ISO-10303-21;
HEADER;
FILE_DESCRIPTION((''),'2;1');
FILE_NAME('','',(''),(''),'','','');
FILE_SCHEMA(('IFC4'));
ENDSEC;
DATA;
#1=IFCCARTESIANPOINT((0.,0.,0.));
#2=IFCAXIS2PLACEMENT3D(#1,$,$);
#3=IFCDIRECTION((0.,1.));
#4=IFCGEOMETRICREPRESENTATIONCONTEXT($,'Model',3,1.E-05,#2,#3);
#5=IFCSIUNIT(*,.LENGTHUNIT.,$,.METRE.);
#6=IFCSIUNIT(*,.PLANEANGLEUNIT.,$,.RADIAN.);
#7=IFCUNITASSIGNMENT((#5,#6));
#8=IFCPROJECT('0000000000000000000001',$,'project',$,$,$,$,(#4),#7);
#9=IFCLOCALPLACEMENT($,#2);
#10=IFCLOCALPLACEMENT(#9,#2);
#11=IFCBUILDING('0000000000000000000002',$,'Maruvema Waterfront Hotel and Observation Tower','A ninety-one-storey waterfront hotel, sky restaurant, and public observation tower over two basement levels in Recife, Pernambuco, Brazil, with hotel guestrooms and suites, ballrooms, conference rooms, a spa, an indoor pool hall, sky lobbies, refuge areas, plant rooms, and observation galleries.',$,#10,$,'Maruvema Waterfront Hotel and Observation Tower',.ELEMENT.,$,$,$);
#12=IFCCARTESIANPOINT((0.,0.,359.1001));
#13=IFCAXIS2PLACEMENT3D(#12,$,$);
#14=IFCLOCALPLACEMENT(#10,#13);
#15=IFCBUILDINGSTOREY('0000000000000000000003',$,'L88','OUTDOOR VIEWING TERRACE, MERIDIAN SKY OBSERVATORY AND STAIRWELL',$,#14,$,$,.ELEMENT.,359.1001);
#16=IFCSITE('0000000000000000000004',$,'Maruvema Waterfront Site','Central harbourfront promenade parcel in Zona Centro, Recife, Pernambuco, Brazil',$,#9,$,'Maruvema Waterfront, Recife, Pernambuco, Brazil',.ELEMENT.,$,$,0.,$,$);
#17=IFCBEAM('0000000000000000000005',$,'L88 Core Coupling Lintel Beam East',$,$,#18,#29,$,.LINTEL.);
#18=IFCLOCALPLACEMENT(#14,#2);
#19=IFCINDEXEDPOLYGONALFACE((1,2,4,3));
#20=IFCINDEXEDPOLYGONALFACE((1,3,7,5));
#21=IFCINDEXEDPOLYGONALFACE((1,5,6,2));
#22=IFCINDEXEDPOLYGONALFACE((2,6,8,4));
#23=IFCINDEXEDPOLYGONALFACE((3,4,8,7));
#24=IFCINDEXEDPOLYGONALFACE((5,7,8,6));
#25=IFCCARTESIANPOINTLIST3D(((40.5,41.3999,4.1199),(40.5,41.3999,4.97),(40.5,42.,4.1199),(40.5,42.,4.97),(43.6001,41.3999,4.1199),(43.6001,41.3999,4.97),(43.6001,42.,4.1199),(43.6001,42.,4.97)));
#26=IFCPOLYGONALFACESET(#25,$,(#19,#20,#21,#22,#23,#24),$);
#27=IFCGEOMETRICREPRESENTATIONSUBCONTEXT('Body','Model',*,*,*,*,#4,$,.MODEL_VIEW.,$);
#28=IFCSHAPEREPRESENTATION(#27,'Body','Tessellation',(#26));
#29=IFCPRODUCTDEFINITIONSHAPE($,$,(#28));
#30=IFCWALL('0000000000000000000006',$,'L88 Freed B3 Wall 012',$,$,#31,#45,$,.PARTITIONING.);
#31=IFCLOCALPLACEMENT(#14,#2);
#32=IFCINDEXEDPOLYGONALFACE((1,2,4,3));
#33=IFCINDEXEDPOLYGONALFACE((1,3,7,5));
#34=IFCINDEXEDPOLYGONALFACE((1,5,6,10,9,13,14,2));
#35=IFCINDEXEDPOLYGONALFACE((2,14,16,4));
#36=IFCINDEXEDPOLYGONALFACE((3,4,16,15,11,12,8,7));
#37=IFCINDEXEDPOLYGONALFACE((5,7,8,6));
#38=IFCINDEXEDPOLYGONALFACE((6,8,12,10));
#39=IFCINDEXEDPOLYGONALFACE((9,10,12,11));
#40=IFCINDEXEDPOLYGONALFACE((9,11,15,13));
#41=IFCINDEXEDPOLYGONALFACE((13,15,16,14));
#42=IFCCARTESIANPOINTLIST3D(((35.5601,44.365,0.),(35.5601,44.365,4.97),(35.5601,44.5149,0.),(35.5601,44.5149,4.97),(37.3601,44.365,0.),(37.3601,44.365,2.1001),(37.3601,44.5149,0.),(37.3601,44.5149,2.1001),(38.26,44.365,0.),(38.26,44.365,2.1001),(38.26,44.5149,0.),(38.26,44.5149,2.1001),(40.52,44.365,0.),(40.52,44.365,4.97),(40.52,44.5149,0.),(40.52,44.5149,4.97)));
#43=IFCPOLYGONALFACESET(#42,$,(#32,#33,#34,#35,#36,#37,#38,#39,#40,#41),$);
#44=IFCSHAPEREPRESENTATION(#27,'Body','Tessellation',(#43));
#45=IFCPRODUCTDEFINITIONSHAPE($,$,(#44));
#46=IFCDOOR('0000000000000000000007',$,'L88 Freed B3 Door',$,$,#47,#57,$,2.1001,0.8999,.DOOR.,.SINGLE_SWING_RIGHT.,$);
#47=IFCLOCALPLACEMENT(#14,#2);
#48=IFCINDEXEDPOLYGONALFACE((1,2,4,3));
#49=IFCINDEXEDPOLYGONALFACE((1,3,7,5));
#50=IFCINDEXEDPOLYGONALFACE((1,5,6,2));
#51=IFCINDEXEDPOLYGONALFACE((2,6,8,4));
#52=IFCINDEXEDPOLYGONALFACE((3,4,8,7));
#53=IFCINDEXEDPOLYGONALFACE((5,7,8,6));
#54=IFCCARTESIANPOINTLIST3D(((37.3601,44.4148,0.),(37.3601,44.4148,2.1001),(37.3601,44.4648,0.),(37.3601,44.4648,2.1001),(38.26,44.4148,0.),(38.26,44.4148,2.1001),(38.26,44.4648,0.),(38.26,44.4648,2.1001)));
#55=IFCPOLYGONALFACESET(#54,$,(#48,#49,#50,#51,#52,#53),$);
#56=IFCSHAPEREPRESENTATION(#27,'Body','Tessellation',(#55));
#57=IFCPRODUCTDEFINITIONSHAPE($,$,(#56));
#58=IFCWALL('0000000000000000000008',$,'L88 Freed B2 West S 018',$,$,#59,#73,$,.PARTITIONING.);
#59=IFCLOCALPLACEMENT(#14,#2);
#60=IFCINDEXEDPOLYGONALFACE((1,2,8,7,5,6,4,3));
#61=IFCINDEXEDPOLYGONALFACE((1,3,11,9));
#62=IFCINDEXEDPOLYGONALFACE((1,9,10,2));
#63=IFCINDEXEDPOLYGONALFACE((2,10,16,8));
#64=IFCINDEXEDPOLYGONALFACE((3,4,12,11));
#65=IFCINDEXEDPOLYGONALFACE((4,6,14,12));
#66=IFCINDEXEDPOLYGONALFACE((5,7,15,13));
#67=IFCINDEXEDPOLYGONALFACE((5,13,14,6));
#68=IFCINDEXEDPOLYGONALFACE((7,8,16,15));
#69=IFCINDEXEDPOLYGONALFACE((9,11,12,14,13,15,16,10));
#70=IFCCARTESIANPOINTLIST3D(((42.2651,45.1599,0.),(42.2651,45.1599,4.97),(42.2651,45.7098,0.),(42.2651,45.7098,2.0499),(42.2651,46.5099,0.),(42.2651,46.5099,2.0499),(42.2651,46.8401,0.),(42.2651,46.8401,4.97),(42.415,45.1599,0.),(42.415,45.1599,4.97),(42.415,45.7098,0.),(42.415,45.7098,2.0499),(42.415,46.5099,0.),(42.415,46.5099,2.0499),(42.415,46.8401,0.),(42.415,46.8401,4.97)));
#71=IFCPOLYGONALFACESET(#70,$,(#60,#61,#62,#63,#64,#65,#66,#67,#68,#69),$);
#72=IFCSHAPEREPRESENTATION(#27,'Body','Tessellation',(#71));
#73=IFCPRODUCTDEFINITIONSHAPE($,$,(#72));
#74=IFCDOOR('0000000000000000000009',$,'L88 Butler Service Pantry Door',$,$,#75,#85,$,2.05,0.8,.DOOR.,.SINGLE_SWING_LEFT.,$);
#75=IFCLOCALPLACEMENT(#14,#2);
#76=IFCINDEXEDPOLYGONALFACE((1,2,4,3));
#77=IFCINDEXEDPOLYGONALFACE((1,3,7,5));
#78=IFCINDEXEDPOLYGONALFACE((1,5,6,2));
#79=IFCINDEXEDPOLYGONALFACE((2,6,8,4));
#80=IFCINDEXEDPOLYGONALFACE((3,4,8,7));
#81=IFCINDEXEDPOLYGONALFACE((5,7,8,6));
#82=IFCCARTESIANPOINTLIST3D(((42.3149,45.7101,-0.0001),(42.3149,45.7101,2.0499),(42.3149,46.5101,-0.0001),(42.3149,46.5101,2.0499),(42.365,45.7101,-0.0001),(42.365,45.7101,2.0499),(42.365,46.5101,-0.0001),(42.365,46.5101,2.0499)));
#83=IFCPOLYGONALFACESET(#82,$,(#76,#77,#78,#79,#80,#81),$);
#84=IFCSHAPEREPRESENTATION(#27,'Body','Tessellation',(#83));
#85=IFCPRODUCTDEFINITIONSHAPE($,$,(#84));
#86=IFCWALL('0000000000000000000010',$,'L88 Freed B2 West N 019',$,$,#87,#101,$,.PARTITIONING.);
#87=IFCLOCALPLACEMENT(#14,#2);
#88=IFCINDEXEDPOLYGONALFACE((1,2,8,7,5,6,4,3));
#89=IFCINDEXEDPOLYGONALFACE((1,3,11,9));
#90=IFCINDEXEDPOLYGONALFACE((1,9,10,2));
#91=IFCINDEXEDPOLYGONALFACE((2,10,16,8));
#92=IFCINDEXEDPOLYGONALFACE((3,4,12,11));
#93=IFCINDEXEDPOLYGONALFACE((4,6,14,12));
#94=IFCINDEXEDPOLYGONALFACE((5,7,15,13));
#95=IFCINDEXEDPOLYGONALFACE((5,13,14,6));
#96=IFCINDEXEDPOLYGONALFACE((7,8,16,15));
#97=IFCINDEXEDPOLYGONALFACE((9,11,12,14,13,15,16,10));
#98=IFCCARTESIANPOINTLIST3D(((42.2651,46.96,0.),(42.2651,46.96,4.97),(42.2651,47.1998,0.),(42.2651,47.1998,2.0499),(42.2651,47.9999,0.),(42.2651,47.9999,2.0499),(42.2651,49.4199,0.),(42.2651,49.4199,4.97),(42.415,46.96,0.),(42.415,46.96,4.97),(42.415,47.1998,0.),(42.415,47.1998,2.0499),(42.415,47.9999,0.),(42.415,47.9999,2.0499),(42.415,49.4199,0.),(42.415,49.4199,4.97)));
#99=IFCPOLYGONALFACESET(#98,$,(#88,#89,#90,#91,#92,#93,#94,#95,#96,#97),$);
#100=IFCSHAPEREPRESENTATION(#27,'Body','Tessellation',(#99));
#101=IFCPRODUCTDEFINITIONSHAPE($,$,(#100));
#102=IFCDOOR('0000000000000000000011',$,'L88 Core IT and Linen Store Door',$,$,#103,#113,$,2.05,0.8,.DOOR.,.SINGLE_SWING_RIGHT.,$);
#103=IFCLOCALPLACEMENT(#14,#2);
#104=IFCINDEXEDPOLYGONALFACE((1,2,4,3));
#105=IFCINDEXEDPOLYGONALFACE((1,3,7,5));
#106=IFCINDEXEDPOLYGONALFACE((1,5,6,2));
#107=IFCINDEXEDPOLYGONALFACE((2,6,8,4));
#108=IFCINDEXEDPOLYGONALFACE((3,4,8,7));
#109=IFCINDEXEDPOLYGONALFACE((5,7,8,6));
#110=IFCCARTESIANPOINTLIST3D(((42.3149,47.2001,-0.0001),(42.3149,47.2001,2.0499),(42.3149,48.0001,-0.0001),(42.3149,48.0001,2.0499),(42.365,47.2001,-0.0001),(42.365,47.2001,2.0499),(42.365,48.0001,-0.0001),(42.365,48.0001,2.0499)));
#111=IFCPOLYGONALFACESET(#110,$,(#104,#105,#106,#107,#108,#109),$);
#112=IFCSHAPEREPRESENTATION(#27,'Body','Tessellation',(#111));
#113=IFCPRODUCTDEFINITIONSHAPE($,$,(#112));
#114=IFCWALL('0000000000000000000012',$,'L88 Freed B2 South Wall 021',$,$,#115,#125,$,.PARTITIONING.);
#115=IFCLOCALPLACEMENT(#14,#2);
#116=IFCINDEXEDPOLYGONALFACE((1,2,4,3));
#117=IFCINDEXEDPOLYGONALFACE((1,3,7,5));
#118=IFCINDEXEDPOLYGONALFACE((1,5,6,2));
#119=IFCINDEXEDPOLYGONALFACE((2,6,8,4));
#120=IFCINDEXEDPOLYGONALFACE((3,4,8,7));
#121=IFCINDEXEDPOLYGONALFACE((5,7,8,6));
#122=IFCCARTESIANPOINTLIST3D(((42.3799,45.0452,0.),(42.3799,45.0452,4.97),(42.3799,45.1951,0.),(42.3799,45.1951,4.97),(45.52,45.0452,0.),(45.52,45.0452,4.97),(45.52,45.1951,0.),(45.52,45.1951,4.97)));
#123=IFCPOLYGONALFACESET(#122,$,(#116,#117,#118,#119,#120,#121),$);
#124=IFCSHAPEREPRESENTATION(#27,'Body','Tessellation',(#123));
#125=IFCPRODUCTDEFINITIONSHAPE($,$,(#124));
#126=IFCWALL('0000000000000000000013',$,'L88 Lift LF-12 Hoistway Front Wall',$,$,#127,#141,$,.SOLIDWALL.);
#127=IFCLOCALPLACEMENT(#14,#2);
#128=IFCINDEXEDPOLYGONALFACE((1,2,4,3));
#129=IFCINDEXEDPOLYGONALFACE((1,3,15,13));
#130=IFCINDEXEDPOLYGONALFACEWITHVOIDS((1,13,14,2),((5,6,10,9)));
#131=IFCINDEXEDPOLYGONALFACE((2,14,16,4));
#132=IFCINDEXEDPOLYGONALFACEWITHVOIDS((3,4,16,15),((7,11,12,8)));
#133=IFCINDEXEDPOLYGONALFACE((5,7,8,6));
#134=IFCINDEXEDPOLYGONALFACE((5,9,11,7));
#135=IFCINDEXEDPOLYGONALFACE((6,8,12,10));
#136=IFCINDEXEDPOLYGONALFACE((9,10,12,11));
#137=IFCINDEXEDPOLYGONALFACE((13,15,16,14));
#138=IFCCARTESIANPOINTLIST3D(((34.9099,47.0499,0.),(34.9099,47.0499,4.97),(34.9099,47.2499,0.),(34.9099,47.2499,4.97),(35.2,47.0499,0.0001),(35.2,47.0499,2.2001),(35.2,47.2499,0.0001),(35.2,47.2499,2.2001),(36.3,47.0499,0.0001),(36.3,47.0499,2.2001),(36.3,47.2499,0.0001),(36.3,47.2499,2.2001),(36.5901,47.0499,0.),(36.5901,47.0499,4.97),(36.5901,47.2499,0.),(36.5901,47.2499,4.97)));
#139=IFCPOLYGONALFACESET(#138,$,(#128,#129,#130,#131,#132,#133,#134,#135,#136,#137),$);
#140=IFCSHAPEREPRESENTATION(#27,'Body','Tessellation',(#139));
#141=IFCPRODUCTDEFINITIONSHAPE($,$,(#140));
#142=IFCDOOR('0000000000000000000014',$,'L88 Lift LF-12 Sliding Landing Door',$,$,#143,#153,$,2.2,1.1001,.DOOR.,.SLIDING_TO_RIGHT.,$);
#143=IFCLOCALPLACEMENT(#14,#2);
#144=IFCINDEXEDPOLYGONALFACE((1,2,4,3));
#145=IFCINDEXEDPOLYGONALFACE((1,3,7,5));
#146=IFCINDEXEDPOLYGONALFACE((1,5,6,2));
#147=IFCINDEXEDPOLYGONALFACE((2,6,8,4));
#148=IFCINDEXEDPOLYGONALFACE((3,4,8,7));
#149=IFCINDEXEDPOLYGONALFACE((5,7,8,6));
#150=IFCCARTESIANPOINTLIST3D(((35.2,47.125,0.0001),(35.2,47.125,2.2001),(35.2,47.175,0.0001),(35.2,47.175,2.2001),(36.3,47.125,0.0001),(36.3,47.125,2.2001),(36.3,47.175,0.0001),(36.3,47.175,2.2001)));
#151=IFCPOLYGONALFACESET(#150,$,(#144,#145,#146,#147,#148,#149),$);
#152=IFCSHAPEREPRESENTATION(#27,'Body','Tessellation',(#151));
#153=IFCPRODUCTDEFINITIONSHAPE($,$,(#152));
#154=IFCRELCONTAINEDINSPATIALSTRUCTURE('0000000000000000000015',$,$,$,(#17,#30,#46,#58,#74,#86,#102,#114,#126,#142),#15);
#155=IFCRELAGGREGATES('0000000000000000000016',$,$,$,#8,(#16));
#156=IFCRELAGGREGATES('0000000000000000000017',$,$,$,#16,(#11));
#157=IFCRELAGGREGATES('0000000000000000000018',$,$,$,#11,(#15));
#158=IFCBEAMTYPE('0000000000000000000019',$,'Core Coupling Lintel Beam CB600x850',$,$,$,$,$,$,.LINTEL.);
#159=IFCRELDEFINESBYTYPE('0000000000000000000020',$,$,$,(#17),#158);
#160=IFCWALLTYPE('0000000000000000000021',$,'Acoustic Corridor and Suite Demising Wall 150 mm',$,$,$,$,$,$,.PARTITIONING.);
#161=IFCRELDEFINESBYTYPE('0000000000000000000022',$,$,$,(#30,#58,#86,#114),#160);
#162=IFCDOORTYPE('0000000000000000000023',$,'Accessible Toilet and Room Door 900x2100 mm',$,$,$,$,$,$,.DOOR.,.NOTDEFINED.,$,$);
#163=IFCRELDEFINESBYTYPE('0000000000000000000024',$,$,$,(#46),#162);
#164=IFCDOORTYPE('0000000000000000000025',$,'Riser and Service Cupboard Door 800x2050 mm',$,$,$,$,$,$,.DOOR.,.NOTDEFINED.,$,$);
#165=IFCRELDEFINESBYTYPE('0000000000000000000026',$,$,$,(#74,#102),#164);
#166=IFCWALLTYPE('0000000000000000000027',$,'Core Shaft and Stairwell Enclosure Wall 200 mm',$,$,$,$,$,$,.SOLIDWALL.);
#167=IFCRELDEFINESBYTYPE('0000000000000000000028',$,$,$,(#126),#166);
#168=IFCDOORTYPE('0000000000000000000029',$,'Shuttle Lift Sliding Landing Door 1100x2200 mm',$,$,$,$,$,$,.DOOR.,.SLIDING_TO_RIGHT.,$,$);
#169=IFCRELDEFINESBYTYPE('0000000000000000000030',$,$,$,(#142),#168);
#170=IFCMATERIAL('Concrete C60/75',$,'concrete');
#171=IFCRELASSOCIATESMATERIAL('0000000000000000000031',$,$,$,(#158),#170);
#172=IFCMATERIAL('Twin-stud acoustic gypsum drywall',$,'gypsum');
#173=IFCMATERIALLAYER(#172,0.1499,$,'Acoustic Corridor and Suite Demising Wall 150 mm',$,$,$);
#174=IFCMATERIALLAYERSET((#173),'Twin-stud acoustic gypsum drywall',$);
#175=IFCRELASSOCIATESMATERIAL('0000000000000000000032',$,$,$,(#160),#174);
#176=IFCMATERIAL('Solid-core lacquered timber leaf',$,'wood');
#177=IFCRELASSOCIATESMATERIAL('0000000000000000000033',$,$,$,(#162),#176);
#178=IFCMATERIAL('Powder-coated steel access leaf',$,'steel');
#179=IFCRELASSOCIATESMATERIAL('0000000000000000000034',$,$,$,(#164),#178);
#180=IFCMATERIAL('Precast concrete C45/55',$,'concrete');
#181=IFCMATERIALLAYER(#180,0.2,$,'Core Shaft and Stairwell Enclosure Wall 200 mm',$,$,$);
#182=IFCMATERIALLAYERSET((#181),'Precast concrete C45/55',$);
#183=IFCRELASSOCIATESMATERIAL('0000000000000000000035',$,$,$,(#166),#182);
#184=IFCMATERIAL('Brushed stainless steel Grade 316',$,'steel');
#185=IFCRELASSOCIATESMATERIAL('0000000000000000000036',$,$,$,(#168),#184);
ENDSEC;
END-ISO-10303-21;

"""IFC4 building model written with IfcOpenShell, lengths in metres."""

from ifc_helpers import new_model, si_unit, direction, frame, frame_2d, origin, origin_2d, place, context, subcontext, project, spatial, rectangle, extrude, material, layer, layer_set, material_profile, profile_set, type_object, element, fill, save


model = new_model("IFC4")

# Units and contexts
model_context = context("Model", 3, precision=1e-05, world=origin(), true_north=direction((0.0, 1.0)))
body_context = subcontext(model_context, "Body", "Model", "MODEL_VIEW")
ifc_project = project(units=[si_unit("LENGTHUNIT", "METRE"), si_unit("PLANEANGLEUNIT", "RADIAN")], contexts=[model_context])

# Site, building, storey
site_placement = place(None, origin())
site = spatial("IfcSite", under=ifc_project, at=site_placement, Name="Maruvema Waterfront Site", Description="Central harbourfront promenade parcel in Zona Centro, Recife, Pernambuco, Brazil", LongName="Maruvema Waterfront, Recife, Pernambuco, Brazil", CompositionType="ELEMENT", RefElevation=0.0)
building_placement = place(site_placement, origin())
building = spatial("IfcBuilding", under=site, at=building_placement, Name="Maruvema Waterfront Hotel and Observation Tower", Description="A ninety-one-storey waterfront hotel, sky restaurant, and public observation tower over two basement levels in Recife, Pernambuco, Brazil, with hotel guestrooms and suites, ballrooms, conference rooms, a spa, an indoor pool hall, sky lobbies, refuge areas, plant rooms, and observation galleries.", LongName="Maruvema Waterfront Hotel and Observation Tower", CompositionType="ELEMENT")
storey_placement = place(building_placement, frame((0.0, 0.0, 359.1001)))
storey = spatial("IfcBuildingStorey", under=building, at=storey_placement, Name="L88", Description="OUTDOOR VIEWING TERRACE, MERIDIAN SKY OBSERVATORY AND STAIRWELL", CompositionType="ELEMENT", Elevation=359.1001)

# Beam
ifc_material_1 = material(Name="Concrete C60/75", Category="concrete")
ifc_material_profile = material_profile(ifc_material_1, rectangle(XDim=0.6001, YDim=0.8501, at=origin_2d()), Name="CB600x850")
ifc_profile_set = profile_set([ifc_material_profile], Name="Concrete C60/75")
beam_type = type_object("IfcBeamType", Name="Core Coupling Lintel Beam CB600x850", PredefinedType="LINTEL", material=ifc_profile_set)
beam_placement = place(storey_placement, frame((40.5, 41.7, 4.5449), z_axis=(1.0, 0.0, 0.0), x_axis=(0.0, 1.0, 0.0)))
element("IfcBeam", 1, at=beam_placement, inside=storey, type_object=beam_type, Name="L88 Core Coupling Lintel Beam East", PredefinedType="LINTEL", context=body_context, shape_type="SweptSolid", body=[
    extrude(rectangle(XDim=0.6001, YDim=0.8501, at=origin_2d()), origin(), (0.0, 0.0, 1.0), 3.1001),
])

# Walls, openings, doors
ifc_material_2 = material(Name="Twin-stud acoustic gypsum drywall", Category="gypsum")
ifc_layer_1 = layer(ifc_material_2, 0.1499, Name="Acoustic Corridor and Suite Demising Wall 150 mm")
ifc_layer_set_1 = layer_set([ifc_layer_1], Name="Twin-stud acoustic gypsum drywall")
wall_type_1 = type_object("IfcWallType", Name="Acoustic Corridor and Suite Demising Wall 150 mm", PredefinedType="PARTITIONING", material=ifc_layer_set_1)
wall_1_placement = place(storey_placement, frame((35.5601, 44.4399, 0.0), z_axis=(0.0, 0.0, 1.0), x_axis=(1.0, 0.0, 0.0)))
wall_1 = element("IfcWall", 2, at=wall_1_placement, inside=storey, type_object=wall_type_1, Name="L88 Freed B3 Wall 012", PredefinedType="PARTITIONING", context=body_context, shape_type="SweptSolid", body=[
    extrude(rectangle(XDim=4.96, YDim=0.1499, at=frame_2d((2.48, 0.0))), origin(), (0.0, 0.0, 1.0), 4.97),
])
opening_1_placement = place(wall_1_placement, frame((1.8, 0.0, 0.0)))
opening_1 = element("IfcOpeningElement", 3, at=opening_1_placement, cuts=wall_1, PredefinedType="OPENING", context=body_context, shape_type="SweptSolid", body=[
    extrude(rectangle(XDim=0.8999, YDim=2.1001, at=frame_2d((0.45, 1.05))), frame((0.0, 0.085, 0.0), z_axis=(0.0, -1.0, 0.0), x_axis=(1.0, 0.0, 0.0)), (0.0, 0.0, 1.0), 0.1699),
])
ifc_material_3 = material(Name="Solid-core lacquered timber leaf", Category="wood")
door_type_1 = type_object("IfcDoorType", Name="Accessible Toilet and Room Door 900x2100 mm", OperationType="NOTDEFINED", PredefinedType="DOOR", material=ifc_material_3)
door_1_placement = place(opening_1_placement, origin())
door_1 = element("IfcDoor", 4, at=door_1_placement, inside=storey, type_object=door_type_1, Name="L88 Freed B3 Door", OperationType="SINGLE_SWING_RIGHT", OverallHeight=2.1001, OverallWidth=0.8999, PredefinedType="DOOR", context=body_context, shape_type="SweptSolid", body=[
    extrude(rectangle(XDim=0.8999, YDim=2.1001, at=frame_2d((0.45, 1.05))), frame((0.0, 0.0249, 0.0), z_axis=(0.0, -1.0, 0.0), x_axis=(1.0, 0.0, 0.0)), (0.0, 0.0, 1.0), 0.05),
])
fill(opening_1, door_1)
wall_2_placement = place(storey_placement, frame((42.3401, 45.1599, 0.0), z_axis=(0.0, 0.0, 1.0), x_axis=(0.0, 1.0, 0.0)))
wall_2 = element("IfcWall", 5, at=wall_2_placement, inside=storey, type_object=wall_type_1, Name="L88 Freed B2 West S 018", PredefinedType="PARTITIONING", context=body_context, shape_type="SweptSolid", body=[
    extrude(rectangle(XDim=1.6802, YDim=0.1499, at=frame_2d((0.8401, 0.0))), origin(), (0.0, 0.0, 1.0), 4.97),
])
opening_2_placement = place(wall_2_placement, frame((0.55, 0.0, 0.0)))
opening_2 = element("IfcOpeningElement", 6, at=opening_2_placement, cuts=wall_2, PredefinedType="OPENING", context=body_context, shape_type="SweptSolid", body=[
    extrude(rectangle(XDim=0.8, YDim=2.05, at=frame_2d((0.3999, 1.0249))), frame((0.0, 0.085, 0.0), z_axis=(0.0, -1.0, 0.0), x_axis=(1.0, 0.0, 0.0)), (0.0, 0.0, 1.0), 0.1699),
])
ifc_material_4 = material(Name="Powder-coated steel access leaf", Category="steel")
door_type_2 = type_object("IfcDoorType", Name="Riser and Service Cupboard Door 800x2050 mm", OperationType="NOTDEFINED", PredefinedType="DOOR", material=ifc_material_4)
door_2_placement = place(opening_2_placement, frame((0.8, 0.0, 0.0), z_axis=(0.0, 0.0, 1.0), x_axis=(-1.0, 0.0, 0.0)))
door_2 = element("IfcDoor", 7, at=door_2_placement, inside=storey, type_object=door_type_2, Name="L88 Butler Service Pantry Door", OperationType="SINGLE_SWING_LEFT", OverallHeight=2.05, OverallWidth=0.8, PredefinedType="DOOR", context=body_context, shape_type="SweptSolid", body=[
    extrude(rectangle(XDim=0.8, YDim=2.05, at=frame_2d((0.3999, 1.0249))), frame((0.0, 0.0249, 0.0), z_axis=(0.0, -1.0, 0.0), x_axis=(1.0, 0.0, 0.0)), (0.0, 0.0, 1.0), 0.05),
])
fill(opening_2, door_2)
wall_3_placement = place(storey_placement, frame((42.3401, 46.96, 0.0), z_axis=(0.0, 0.0, 1.0), x_axis=(0.0, 1.0, 0.0)))
wall_3 = element("IfcWall", 8, at=wall_3_placement, inside=storey, type_object=wall_type_1, Name="L88 Freed B2 West N 019", PredefinedType="PARTITIONING", context=body_context, shape_type="SweptSolid", body=[
    extrude(rectangle(XDim=2.46, YDim=0.1499, at=frame_2d((1.23, 0.0))), origin(), (0.0, 0.0, 1.0), 4.97),
])
opening_3_placement = place(wall_3_placement, frame((0.24, 0.0, 0.0)))
opening_3 = element("IfcOpeningElement", 9, at=opening_3_placement, cuts=wall_3, PredefinedType="OPENING", context=body_context, shape_type="SweptSolid", body=[
    extrude(rectangle(XDim=0.8, YDim=2.05, at=frame_2d((0.3999, 1.0249))), frame((0.0, 0.085, 0.0), z_axis=(0.0, -1.0, 0.0), x_axis=(1.0, 0.0, 0.0)), (0.0, 0.0, 1.0), 0.1699),
])
door_3_placement = place(opening_3_placement, frame((0.8, 0.0, 0.0), z_axis=(0.0, 0.0, 1.0), x_axis=(-1.0, 0.0, 0.0)))
door_3 = element("IfcDoor", 10, at=door_3_placement, inside=storey, type_object=door_type_2, Name="L88 Core IT and Linen Store Door", OperationType="SINGLE_SWING_RIGHT", OverallHeight=2.05, OverallWidth=0.8, PredefinedType="DOOR", context=body_context, shape_type="SweptSolid", body=[
    extrude(rectangle(XDim=0.8, YDim=2.05, at=frame_2d((0.3999, 1.0249))), frame((0.0, 0.0249, 0.0), z_axis=(0.0, -1.0, 0.0), x_axis=(1.0, 0.0, 0.0)), (0.0, 0.0, 1.0), 0.05),
])
fill(opening_3, door_3)

# Wall
wall_4_placement = place(storey_placement, frame((42.3799, 45.1201, 0.0), z_axis=(0.0, 0.0, 1.0), x_axis=(1.0, 0.0, 0.0)))
element("IfcWall", 11, at=wall_4_placement, inside=storey, type_object=wall_type_1, Name="L88 Freed B2 South Wall 021", PredefinedType="PARTITIONING", context=body_context, shape_type="SweptSolid", body=[
    extrude(rectangle(XDim=3.1401, YDim=0.1499, at=frame_2d((1.5701, 0.0))), origin(), (0.0, 0.0, 1.0), 4.97),
])

# Wall, opening, door
ifc_material_5 = material(Name="Precast concrete C45/55", Category="concrete")
ifc_layer_2 = layer(ifc_material_5, 0.2, Name="Core Shaft and Stairwell Enclosure Wall 200 mm")
ifc_layer_set_2 = layer_set([ifc_layer_2], Name="Precast concrete C45/55")
wall_type_2 = type_object("IfcWallType", Name="Core Shaft and Stairwell Enclosure Wall 200 mm", PredefinedType="SOLIDWALL", material=ifc_layer_set_2)
wall_5_placement = place(storey_placement, frame((34.9099, 47.1499, 0.0), z_axis=(0.0, 0.0, 1.0), x_axis=(1.0, 0.0, 0.0)))
wall_5 = element("IfcWall", 12, at=wall_5_placement, inside=storey, type_object=wall_type_2, Name="L88 Lift LF-12 Hoistway Front Wall", PredefinedType="SOLIDWALL", context=body_context, shape_type="SweptSolid", body=[
    extrude(rectangle(XDim=1.6802, YDim=0.2, at=frame_2d((0.8401, 0.0))), origin(), (0.0, 0.0, 1.0), 4.97),
])
opening_4_placement = place(wall_5_placement, frame((0.29, 0.0, 0.0)))
opening_4 = element("IfcOpeningElement", 13, at=opening_4_placement, cuts=wall_5, PredefinedType="OPENING", context=body_context, shape_type="SweptSolid", body=[
    extrude(rectangle(XDim=1.1001, YDim=2.2, at=frame_2d((0.55, 1.1001))), frame((0.0, 0.1099, 0.0), z_axis=(0.0, -1.0, 0.0), x_axis=(1.0, 0.0, 0.0)), (0.0, 0.0, 1.0), 0.22),
])
ifc_material_6 = material(Name="Brushed stainless steel Grade 316", Category="steel")
door_type_3 = type_object("IfcDoorType", Name="Shuttle Lift Sliding Landing Door 1100x2200 mm", OperationType="SLIDING_TO_RIGHT", PredefinedType="DOOR", material=ifc_material_6)
door_4_placement = place(opening_4_placement, frame((1.1001, 0.0, 0.0), z_axis=(0.0, 0.0, 1.0), x_axis=(-1.0, 0.0, 0.0)))
door_4 = element("IfcDoor", 14, at=door_4_placement, inside=storey, type_object=door_type_3, Name="L88 Lift LF-12 Sliding Landing Door", OperationType="SLIDING_TO_RIGHT", OverallHeight=2.2, OverallWidth=1.1001, PredefinedType="DOOR", context=body_context, shape_type="SweptSolid", body=[
    extrude(rectangle(XDim=1.1001, YDim=2.2, at=frame_2d((0.55, 1.1001))), frame((0.0, 0.0249, 0.0), z_axis=(0.0, -1.0, 0.0), x_axis=(1.0, 0.0, 0.0)), (0.0, 0.0, 1.0), 0.05),
])
fill(opening_4, door_4)

save(model, "model.ifc")
